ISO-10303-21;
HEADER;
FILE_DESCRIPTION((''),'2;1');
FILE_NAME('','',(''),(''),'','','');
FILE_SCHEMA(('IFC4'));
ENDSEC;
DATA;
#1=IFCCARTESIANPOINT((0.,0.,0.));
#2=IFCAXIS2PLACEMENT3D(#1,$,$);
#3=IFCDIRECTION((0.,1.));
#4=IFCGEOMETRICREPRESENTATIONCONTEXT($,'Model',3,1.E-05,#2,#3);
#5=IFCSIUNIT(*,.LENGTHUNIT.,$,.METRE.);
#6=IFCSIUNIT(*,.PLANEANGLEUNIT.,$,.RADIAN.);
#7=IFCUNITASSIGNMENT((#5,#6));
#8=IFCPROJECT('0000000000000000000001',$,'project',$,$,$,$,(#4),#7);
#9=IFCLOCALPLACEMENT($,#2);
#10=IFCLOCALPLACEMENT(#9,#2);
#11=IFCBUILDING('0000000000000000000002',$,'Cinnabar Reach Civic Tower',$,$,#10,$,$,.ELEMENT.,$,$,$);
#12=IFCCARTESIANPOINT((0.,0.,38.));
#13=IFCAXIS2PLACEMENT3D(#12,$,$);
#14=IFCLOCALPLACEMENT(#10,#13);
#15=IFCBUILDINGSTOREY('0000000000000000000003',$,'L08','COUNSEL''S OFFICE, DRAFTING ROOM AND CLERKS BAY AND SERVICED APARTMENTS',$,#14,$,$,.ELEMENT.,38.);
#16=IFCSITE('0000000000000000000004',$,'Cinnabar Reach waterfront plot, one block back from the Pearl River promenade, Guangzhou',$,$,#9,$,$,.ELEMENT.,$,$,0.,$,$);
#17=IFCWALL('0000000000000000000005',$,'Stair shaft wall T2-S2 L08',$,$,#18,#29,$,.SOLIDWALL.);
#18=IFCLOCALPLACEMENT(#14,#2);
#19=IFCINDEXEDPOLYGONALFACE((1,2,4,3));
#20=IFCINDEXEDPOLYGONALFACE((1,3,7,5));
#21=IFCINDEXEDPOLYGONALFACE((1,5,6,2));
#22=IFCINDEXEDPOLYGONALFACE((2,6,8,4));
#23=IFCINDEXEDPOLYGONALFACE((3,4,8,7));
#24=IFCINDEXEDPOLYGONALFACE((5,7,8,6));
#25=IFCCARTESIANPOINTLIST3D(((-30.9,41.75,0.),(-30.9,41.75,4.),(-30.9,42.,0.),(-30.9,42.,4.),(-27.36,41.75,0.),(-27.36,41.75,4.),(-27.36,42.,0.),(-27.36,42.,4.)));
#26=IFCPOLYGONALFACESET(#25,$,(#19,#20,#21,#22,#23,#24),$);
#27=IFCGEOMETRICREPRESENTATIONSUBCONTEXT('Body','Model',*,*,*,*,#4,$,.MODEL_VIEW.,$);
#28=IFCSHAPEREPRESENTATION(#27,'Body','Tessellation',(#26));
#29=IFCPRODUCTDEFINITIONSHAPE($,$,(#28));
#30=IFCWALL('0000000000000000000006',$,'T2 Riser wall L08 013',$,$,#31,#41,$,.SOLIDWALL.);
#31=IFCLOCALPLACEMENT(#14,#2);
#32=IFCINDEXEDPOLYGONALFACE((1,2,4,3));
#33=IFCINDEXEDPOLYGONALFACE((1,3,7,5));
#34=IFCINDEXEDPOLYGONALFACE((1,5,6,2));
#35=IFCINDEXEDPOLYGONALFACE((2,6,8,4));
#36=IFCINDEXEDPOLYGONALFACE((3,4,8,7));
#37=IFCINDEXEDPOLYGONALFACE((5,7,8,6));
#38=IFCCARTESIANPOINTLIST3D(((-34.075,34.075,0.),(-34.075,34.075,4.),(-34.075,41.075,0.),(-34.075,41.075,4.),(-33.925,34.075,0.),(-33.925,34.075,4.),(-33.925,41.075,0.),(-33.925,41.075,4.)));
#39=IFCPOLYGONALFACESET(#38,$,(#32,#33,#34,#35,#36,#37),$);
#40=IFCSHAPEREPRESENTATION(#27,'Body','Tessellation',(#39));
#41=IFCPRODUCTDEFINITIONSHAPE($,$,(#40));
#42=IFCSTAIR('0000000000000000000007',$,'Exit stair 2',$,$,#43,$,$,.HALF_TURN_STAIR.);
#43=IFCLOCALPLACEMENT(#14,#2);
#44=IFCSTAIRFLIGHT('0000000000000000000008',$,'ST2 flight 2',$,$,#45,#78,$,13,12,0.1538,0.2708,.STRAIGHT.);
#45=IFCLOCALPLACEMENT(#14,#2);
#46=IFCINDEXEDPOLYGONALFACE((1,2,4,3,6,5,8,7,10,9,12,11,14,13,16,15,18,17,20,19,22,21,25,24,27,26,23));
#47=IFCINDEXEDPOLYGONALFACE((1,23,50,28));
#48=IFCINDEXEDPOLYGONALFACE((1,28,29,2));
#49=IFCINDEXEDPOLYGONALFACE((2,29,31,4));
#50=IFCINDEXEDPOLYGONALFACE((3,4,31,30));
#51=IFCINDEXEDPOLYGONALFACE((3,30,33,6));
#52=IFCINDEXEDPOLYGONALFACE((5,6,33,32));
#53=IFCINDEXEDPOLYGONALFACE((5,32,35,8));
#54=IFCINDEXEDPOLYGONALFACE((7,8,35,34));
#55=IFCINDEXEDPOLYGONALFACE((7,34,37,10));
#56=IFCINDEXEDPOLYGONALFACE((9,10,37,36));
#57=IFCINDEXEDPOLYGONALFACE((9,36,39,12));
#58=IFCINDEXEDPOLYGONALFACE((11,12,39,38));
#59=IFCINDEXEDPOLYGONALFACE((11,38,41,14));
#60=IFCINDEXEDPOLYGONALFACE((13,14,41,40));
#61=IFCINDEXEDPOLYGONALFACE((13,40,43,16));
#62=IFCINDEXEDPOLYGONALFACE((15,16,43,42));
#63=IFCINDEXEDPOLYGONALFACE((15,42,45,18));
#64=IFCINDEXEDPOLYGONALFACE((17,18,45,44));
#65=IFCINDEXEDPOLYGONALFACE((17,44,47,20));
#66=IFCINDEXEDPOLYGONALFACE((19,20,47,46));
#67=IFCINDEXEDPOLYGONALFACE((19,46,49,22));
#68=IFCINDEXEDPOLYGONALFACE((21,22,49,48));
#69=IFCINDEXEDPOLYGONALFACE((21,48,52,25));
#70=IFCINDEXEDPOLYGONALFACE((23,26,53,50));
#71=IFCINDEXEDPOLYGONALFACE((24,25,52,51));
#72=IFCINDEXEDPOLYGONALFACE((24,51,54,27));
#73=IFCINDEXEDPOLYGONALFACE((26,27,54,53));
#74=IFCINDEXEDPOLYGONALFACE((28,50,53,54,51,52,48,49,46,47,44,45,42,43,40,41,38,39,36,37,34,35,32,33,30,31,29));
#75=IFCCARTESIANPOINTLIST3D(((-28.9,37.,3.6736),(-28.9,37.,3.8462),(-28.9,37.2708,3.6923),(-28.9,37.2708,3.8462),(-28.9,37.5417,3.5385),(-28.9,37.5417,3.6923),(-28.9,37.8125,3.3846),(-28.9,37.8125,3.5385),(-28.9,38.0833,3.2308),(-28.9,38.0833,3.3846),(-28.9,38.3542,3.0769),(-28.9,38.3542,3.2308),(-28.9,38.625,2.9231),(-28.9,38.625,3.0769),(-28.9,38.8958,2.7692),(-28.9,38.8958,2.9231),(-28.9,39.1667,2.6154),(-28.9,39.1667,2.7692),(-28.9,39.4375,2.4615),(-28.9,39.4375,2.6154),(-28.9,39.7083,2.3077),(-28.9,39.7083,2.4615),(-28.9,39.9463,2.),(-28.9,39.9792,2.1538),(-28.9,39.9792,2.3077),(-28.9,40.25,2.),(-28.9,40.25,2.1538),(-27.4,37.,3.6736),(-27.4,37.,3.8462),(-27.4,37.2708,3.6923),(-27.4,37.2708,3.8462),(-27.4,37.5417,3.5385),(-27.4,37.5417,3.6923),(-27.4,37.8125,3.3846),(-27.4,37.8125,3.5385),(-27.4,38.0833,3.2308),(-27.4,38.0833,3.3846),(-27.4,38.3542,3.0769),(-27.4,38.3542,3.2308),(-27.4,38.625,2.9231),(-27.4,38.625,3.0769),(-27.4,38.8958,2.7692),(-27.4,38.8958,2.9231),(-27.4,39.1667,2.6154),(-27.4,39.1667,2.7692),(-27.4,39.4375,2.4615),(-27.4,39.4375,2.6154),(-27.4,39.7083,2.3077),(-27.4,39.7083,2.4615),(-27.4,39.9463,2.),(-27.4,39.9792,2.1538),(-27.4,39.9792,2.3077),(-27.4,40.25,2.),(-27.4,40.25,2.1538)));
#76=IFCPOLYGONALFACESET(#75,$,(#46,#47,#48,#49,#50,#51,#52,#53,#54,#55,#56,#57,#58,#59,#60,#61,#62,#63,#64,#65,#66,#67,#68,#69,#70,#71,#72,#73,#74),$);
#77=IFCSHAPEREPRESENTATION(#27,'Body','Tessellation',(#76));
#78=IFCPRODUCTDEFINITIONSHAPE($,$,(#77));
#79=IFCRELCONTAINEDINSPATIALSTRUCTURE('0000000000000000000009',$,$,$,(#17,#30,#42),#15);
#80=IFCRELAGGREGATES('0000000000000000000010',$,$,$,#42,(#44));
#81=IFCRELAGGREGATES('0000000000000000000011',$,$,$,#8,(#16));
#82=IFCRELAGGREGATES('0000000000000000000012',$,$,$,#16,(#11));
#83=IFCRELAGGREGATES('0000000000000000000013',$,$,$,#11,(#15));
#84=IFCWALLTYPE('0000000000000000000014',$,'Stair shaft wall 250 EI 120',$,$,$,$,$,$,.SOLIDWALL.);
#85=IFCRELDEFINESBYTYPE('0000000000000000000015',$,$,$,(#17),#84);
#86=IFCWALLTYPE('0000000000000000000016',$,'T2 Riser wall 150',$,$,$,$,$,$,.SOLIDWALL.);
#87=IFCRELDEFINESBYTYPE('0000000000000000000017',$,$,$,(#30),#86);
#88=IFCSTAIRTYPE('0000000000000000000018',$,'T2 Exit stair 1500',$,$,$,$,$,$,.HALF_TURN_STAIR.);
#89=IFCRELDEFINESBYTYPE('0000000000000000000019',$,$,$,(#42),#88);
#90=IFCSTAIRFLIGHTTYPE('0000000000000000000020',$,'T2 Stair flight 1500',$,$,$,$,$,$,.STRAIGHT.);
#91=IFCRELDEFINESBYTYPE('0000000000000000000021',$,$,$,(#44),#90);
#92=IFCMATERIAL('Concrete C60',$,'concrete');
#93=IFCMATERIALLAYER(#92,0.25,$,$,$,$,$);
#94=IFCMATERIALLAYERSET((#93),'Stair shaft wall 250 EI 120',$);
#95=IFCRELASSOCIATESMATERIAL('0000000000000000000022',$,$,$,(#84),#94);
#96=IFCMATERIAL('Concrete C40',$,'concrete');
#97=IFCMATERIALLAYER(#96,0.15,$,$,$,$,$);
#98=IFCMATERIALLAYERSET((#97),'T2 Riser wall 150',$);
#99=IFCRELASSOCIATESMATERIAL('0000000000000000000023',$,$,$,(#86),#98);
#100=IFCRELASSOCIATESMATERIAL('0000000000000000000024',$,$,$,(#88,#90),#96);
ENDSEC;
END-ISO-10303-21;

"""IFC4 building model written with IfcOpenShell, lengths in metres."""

from ifc_helpers import new_model, si_unit, direction, frame, frame_2d, origin, place, context, subcontext, project, spatial, polyline, rectangle, outline, extrude, material, layer, layer_set, type_object, element, aggregate, save


model = new_model("IFC4")

# Units and contexts
model_context = context("Model", 3, precision=1e-05, world=origin(), true_north=direction((0.0, 1.0)))
body_context = subcontext(model_context, "Body", "Model", "MODEL_VIEW")
ifc_project = project(units=[si_unit("LENGTHUNIT", "METRE"), si_unit("PLANEANGLEUNIT", "RADIAN")], contexts=[model_context])

# Site, building, storey
site_placement = place(None, origin())
site = spatial("IfcSite", under=ifc_project, at=site_placement, Name="Cinnabar Reach waterfront plot, one block back from the Pearl River promenade, Guangzhou", CompositionType="ELEMENT", RefElevation=0.0)
building_placement = place(site_placement, origin())
building = spatial("IfcBuilding", under=site, at=building_placement, Name="Cinnabar Reach Civic Tower", CompositionType="ELEMENT")
storey_placement = place(building_placement, frame((0.0, 0.0, 38.0)))
storey = spatial("IfcBuildingStorey", under=building, at=storey_placement, Name="L08", Description="COUNSEL'S OFFICE, DRAFTING ROOM AND CLERKS BAY AND SERVICED APARTMENTS", CompositionType="ELEMENT", Elevation=38.0)

# Shared definitions
ifc_material_1 = material(Name="Concrete C40", Category="concrete")

# Walls
ifc_material_2 = material(Name="Concrete C60", Category="concrete")
ifc_layer_1 = layer(ifc_material_2, 0.25)
ifc_layer_set_1 = layer_set([ifc_layer_1], Name="Stair shaft wall 250 EI 120")
wall_type_1 = type_object("IfcWallType", Name="Stair shaft wall 250 EI 120", PredefinedType="SOLIDWALL", material=ifc_layer_set_1)
wall_1_placement = place(storey_placement, frame((-27.36, 41.875, 0.0), z_axis=(0.0, 0.0, 1.0), x_axis=(-1.0, 0.0, 0.0)))
element("IfcWall", 1, at=wall_1_placement, inside=storey, type_object=wall_type_1, Name="Stair shaft wall T2-S2 L08", PredefinedType="SOLIDWALL", context=body_context, shape_type="SweptSolid", body=[
    extrude(rectangle(XDim=3.54, YDim=0.25, at=frame_2d((1.77, 0.0))), origin(), (0.0, 0.0, 1.0), 4.0),
])
ifc_layer_2 = layer(ifc_material_1, 0.15)
ifc_layer_set_2 = layer_set([ifc_layer_2], Name="T2 Riser wall 150")
wall_type_2 = type_object("IfcWallType", Name="T2 Riser wall 150", PredefinedType="SOLIDWALL", material=ifc_layer_set_2)
wall_2_placement = place(storey_placement, frame((-34.0, 41.075, 0.0), z_axis=(0.0, 0.0, 1.0), x_axis=(0.0, -1.0, 0.0)))
element("IfcWall", 2, at=wall_2_placement, inside=storey, type_object=wall_type_2, Name="T2 Riser wall L08 013", PredefinedType="SOLIDWALL", context=body_context, shape_type="SweptSolid", body=[
    extrude(rectangle(XDim=7.0, YDim=0.15, at=frame_2d((3.5, 0.0))), origin(), (0.0, 0.0, 1.0), 4.0),
])

# Stair, stair flight
stair_type = type_object("IfcStairType", Name="T2 Exit stair 1500", PredefinedType="HALF_TURN_STAIR", material=ifc_material_1)
stair_placement = place(storey_placement, origin())
stair = element("IfcStair", 3, at=stair_placement, inside=storey, type_object=stair_type, Name="Exit stair 2", PredefinedType="HALF_TURN_STAIR")
stair_flight_type = type_object("IfcStairFlightType", Name="T2 Stair flight 1500", PredefinedType="STRAIGHT", material=ifc_material_1)
stair_flight_placement = place(storey_placement, frame((-28.15, 40.25, 2.0), z_axis=(0.0, 0.0, 1.0), x_axis=(0.0, -1.0, 0.0)))
stair_flight = element("IfcStairFlight", 4, at=stair_flight_placement, type_object=stair_flight_type, Name="ST2 flight 2", NumberOfRisers=13, NumberOfTreads=12, PredefinedType="STRAIGHT", RiserHeight=0.1538, TreadLength=0.2708, context=body_context, shape_type="SweptSolid", body=[
    extrude(outline(polyline([(0.0, 0.0), (0.0, 0.1538), (0.2708, 0.1538), (0.2708, 0.3077), (0.5417, 0.3077), (0.5417, 0.4615), (0.8125, 0.4615), (0.8125, 0.6154), (1.0833, 0.6154), (1.0833, 0.7692), (1.3542, 0.7692), (1.3542, 0.9231), (1.625, 0.9231), (1.625, 1.0769), (1.8958, 1.0769), (1.8958, 1.2308), (2.1667, 1.2308), (2.1667, 1.3846), (2.4375, 1.3846), (2.4375, 1.5385), (2.7083, 1.5385), (2.7083, 1.6923), (2.9792, 1.6923), (2.9792, 1.8462), (3.25, 1.8462), (3.25, 2.0), (3.25, 1.6736), (0.3037, 0.0), (0.0, 0.0)])), frame((0.0, 0.75, 0.0), z_axis=(0.0, -1.0, 0.0), x_axis=(1.0, 0.0, 0.0)), (0.0, 0.0, 1.0), 1.5),
])
aggregate(stair, [stair_flight])

save(model, "model.ifc")
